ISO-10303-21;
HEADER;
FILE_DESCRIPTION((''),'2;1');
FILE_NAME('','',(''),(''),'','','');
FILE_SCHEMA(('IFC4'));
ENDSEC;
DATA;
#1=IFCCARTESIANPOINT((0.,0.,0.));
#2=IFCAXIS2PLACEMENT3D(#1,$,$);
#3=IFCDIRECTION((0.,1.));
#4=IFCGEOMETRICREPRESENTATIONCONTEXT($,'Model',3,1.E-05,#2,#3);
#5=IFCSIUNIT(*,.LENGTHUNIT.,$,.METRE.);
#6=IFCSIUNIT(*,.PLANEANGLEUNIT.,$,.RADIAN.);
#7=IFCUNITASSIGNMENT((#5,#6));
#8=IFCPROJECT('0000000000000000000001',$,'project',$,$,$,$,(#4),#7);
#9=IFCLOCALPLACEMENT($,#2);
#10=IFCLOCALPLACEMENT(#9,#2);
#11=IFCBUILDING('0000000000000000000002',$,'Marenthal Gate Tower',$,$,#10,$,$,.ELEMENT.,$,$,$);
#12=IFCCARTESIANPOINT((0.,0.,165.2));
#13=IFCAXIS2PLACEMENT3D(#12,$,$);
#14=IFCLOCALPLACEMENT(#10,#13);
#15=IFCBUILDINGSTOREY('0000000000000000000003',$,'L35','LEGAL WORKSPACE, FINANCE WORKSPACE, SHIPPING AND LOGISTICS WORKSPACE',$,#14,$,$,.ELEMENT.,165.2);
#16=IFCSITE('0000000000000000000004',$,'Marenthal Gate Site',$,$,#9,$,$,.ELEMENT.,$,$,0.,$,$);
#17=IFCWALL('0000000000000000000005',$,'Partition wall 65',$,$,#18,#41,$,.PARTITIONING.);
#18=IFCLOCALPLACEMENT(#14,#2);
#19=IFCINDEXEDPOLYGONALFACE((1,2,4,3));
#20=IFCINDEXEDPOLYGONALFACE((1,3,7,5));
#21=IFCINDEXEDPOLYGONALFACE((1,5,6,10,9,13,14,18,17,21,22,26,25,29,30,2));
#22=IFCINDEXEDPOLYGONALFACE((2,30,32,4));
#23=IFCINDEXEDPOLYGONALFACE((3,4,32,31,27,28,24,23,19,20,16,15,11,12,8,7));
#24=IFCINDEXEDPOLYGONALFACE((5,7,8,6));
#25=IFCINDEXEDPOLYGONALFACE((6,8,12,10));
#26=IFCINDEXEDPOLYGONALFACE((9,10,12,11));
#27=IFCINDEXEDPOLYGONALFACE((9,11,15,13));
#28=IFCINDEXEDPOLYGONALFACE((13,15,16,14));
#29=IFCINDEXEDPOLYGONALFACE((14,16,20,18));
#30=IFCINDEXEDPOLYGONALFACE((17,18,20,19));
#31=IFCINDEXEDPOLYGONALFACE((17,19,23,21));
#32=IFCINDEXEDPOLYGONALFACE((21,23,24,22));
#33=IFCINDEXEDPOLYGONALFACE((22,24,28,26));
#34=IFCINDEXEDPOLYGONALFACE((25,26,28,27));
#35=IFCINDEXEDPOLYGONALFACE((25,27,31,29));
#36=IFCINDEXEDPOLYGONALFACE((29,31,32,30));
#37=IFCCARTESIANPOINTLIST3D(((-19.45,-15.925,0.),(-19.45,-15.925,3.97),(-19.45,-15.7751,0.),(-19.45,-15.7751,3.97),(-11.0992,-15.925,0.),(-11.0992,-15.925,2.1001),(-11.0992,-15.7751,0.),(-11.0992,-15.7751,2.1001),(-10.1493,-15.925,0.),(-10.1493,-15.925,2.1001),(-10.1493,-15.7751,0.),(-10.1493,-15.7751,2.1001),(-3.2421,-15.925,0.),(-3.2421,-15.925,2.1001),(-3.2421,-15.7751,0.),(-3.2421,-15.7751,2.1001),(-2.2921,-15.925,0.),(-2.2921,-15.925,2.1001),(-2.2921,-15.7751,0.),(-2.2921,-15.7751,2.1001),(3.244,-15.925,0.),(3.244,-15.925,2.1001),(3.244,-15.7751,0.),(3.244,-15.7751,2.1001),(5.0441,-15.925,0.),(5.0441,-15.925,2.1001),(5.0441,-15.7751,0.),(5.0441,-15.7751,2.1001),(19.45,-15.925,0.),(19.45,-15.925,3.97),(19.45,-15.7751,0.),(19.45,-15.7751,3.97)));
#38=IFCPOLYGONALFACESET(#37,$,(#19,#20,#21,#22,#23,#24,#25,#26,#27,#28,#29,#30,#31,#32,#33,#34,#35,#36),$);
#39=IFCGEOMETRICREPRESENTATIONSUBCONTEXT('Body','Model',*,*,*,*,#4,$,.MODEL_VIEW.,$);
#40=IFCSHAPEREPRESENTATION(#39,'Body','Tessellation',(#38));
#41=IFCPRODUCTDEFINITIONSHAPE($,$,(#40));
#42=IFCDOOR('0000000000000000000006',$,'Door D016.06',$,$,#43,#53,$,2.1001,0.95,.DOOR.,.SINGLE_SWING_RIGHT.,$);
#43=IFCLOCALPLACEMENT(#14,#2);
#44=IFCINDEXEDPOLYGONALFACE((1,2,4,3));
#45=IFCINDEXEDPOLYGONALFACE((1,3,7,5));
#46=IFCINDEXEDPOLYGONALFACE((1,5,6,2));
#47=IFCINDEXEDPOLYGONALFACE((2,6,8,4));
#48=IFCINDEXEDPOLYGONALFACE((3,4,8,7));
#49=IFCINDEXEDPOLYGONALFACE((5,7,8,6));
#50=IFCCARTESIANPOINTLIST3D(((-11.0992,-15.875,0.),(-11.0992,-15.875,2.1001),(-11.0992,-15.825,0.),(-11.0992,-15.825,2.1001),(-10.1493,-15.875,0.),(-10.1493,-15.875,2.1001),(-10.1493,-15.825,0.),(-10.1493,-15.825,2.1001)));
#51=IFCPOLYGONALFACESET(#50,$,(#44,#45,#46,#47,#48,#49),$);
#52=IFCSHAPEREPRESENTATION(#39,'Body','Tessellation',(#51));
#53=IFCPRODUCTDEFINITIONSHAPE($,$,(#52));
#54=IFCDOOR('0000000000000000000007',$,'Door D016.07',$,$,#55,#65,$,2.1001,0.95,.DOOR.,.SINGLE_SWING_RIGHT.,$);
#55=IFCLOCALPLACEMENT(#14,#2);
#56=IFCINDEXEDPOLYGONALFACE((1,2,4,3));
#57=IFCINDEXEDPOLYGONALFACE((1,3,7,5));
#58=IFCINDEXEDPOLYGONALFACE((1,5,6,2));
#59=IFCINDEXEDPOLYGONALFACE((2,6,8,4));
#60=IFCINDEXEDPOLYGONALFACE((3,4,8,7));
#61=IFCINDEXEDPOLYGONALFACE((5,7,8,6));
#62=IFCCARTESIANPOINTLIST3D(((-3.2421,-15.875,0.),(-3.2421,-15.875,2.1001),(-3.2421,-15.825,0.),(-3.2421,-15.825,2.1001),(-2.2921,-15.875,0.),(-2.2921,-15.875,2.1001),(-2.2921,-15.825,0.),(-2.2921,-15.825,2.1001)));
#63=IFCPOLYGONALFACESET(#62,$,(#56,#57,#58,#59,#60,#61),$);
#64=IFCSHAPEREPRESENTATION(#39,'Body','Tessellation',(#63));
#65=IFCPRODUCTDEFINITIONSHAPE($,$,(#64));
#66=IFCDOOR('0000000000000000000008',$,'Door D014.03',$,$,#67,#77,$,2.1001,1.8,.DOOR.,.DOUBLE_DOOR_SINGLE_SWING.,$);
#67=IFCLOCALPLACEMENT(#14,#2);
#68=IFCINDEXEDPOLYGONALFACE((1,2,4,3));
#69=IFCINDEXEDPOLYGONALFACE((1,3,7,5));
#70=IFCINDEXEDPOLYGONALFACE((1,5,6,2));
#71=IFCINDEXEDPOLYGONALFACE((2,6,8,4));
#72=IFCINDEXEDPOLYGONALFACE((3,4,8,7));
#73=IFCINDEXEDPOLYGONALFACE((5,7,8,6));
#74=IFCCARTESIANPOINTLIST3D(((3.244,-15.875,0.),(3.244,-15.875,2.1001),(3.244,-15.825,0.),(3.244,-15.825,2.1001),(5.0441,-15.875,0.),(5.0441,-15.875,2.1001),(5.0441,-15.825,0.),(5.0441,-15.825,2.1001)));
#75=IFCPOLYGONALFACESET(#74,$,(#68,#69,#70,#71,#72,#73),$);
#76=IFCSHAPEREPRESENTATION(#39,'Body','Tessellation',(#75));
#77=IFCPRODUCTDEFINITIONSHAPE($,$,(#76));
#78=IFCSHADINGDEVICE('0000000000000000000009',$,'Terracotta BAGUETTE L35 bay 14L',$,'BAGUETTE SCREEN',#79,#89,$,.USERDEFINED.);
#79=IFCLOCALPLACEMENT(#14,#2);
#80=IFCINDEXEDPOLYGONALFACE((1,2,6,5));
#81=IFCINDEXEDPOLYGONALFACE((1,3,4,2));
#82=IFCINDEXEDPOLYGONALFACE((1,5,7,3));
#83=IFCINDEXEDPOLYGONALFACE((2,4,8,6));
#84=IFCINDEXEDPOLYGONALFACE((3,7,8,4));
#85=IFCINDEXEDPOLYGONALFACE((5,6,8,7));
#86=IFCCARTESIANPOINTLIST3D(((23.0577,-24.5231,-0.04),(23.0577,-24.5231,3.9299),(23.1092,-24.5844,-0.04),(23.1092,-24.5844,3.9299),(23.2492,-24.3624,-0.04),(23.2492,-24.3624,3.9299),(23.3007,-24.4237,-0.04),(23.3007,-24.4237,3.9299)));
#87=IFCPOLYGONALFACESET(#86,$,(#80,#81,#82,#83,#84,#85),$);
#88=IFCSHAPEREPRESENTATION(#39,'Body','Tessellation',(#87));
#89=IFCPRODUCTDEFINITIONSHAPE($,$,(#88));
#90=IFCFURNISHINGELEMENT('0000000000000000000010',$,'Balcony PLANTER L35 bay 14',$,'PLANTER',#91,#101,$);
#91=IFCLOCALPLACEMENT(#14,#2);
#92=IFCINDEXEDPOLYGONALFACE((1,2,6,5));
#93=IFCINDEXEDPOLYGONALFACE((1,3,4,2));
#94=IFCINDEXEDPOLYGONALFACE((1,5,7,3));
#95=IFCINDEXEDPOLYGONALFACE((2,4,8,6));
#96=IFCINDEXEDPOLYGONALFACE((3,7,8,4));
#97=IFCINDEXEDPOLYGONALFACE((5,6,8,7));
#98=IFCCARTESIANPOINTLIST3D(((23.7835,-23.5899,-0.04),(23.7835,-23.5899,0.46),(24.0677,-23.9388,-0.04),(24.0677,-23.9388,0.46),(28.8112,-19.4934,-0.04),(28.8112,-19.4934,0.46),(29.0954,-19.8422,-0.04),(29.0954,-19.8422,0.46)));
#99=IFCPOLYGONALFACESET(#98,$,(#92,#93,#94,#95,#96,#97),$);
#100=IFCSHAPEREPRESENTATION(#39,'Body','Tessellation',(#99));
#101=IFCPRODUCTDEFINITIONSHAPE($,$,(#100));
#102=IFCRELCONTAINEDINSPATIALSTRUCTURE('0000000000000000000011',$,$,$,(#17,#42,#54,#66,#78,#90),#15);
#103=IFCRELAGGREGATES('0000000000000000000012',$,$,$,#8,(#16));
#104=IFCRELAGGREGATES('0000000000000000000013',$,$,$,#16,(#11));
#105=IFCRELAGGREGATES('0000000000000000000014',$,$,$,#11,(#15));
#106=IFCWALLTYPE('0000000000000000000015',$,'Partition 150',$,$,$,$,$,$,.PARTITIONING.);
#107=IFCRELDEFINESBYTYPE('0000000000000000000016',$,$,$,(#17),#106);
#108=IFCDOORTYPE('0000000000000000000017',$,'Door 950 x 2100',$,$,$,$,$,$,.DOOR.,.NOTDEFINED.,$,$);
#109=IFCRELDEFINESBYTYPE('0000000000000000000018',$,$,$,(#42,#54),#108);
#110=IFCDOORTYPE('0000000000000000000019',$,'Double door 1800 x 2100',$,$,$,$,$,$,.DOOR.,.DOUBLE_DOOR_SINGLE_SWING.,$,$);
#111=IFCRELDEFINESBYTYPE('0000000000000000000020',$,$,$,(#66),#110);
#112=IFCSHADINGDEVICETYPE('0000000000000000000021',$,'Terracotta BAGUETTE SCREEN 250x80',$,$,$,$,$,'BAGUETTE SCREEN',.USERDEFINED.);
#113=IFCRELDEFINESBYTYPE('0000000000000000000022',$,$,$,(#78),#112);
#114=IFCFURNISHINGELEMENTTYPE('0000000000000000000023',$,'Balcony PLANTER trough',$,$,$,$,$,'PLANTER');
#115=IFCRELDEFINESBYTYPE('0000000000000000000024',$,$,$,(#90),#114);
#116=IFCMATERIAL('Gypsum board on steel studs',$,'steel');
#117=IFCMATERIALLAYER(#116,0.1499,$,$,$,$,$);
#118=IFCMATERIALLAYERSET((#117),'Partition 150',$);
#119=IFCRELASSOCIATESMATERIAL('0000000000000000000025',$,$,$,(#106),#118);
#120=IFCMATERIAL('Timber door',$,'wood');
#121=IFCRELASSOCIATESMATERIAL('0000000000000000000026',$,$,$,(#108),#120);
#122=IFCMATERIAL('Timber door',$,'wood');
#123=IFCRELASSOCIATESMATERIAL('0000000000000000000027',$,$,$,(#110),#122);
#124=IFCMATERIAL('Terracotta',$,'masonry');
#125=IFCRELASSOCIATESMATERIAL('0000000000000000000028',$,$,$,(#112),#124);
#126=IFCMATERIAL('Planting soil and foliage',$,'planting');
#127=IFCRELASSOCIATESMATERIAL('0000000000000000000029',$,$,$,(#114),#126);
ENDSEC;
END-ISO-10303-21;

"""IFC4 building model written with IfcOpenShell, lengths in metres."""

from ifc_helpers import new_model, si_unit, direction, frame, frame_2d, origin, origin_2d, place, context, subcontext, project, spatial, rectangle, extrude, material, layer, layer_set, material_profile, profile_set, type_object, element, fill, save


model = new_model("IFC4")

# Units and contexts
model_context = context("Model", 3, precision=1e-05, world=origin(), true_north=direction((0.0, 1.0)))
body_context = subcontext(model_context, "Body", "Model", "MODEL_VIEW")
ifc_project = project(units=[si_unit("LENGTHUNIT", "METRE"), si_unit("PLANEANGLEUNIT", "RADIAN")], contexts=[model_context])

# Site, building, storey
site_placement = place(None, origin())
site = spatial("IfcSite", under=ifc_project, at=site_placement, Name="Marenthal Gate Site", CompositionType="ELEMENT", RefElevation=0.0)
building_placement = place(site_placement, origin())
building = spatial("IfcBuilding", under=site, at=building_placement, Name="Marenthal Gate Tower", CompositionType="ELEMENT")
storey_placement = place(building_placement, frame((0.0, 0.0, 165.2)))
storey = spatial("IfcBuildingStorey", under=building, at=storey_placement, Name="L35", Description="LEGAL WORKSPACE, FINANCE WORKSPACE, SHIPPING AND LOGISTICS WORKSPACE", CompositionType="ELEMENT", Elevation=165.2)

# Wall, openings, doors
ifc_material_1 = material(Name="Gypsum board on steel studs", Category="steel")
ifc_layer_1 = layer(ifc_material_1, 0.1499)
ifc_layer_set_1 = layer_set([ifc_layer_1], Name="Partition 150")
wall_type_1 = type_object("IfcWallType", Name="Partition 150", PredefinedType="PARTITIONING", material=ifc_layer_set_1)
wall_1_placement = place(storey_placement, frame((19.45, -15.8501, 0.0), z_axis=(0.0, 0.0, 1.0), x_axis=(-1.0, 0.0, 0.0)))
wall_1 = element("IfcWall", 1, at=wall_1_placement, inside=storey, type_object=wall_type_1, Name="Partition wall 65", PredefinedType="PARTITIONING", context=body_context, shape_type="SweptSolid", body=[
    extrude(rectangle(XDim=38.8999, YDim=0.1499, at=frame_2d((19.45, 0.0))), origin(), (0.0, 0.0, 1.0), 3.97),
])
opening_1_placement = place(wall_1_placement, frame((29.5991, 0.0, 0.0)))
opening_1 = element("IfcOpeningElement", 2, at=opening_1_placement, cuts=wall_1, PredefinedType="OPENING", context=body_context, shape_type="SweptSolid", body=[
    extrude(rectangle(XDim=0.95, YDim=2.1001, at=frame_2d((0.4751, 1.05))), frame((0.0, 0.085, 0.0), z_axis=(0.0, -1.0, 0.0), x_axis=(1.0, 0.0, 0.0)), (0.0, 0.0, 1.0), 0.1699),
])
opening_2_placement = place(wall_1_placement, frame((21.7419, 0.0, 0.0)))
opening_2 = element("IfcOpeningElement", 3, at=opening_2_placement, cuts=wall_1, PredefinedType="OPENING", context=body_context, shape_type="SweptSolid", body=[
    extrude(rectangle(XDim=0.95, YDim=2.1001, at=frame_2d((0.4751, 1.05))), frame((0.0, 0.085, 0.0), z_axis=(0.0, -1.0, 0.0), x_axis=(1.0, 0.0, 0.0)), (0.0, 0.0, 1.0), 0.1699),
])
opening_3_placement = place(wall_1_placement, frame((14.406, 0.0, 0.0)))
opening_3 = element("IfcOpeningElement", 4, at=opening_3_placement, cuts=wall_1, PredefinedType="OPENING", context=body_context, shape_type="SweptSolid", body=[
    extrude(rectangle(XDim=1.8, YDim=2.1001, at=frame_2d((0.8999, 1.05))), frame((0.0, 0.085, 0.0), z_axis=(0.0, -1.0, 0.0), x_axis=(1.0, 0.0, 0.0)), (0.0, 0.0, 1.0), 0.1699),
])
ifc_material_2 = material(Name="Timber door", Category="wood")
door_type_1 = type_object("IfcDoorType", Name="Door 950 x 2100", OperationType="NOTDEFINED", PredefinedType="DOOR", material=ifc_material_2)
door_1_placement = place(opening_1_placement, origin())
door_1 = element("IfcDoor", 5, at=door_1_placement, inside=storey, type_object=door_type_1, Name="Door D016.06", OperationType="SINGLE_SWING_RIGHT", OverallHeight=2.1001, OverallWidth=0.95, PredefinedType="DOOR", context=body_context, shape_type="SweptSolid", body=[
    extrude(rectangle(XDim=0.95, YDim=2.1001, at=frame_2d((0.4751, 1.05))), frame((0.0, 0.0249, 0.0), z_axis=(0.0, -1.0, 0.0), x_axis=(1.0, 0.0, 0.0)), (0.0, 0.0, 1.0), 0.05),
])
fill(opening_1, door_1)
door_2_placement = place(opening_2_placement, origin())
door_2 = element("IfcDoor", 6, at=door_2_placement, inside=storey, type_object=door_type_1, Name="Door D016.07", OperationType="SINGLE_SWING_RIGHT", OverallHeight=2.1001, OverallWidth=0.95, PredefinedType="DOOR", context=body_context, shape_type="SweptSolid", body=[
    extrude(rectangle(XDim=0.95, YDim=2.1001, at=frame_2d((0.4751, 1.05))), frame((0.0, 0.0249, 0.0), z_axis=(0.0, -1.0, 0.0), x_axis=(1.0, 0.0, 0.0)), (0.0, 0.0, 1.0), 0.05),
])
fill(opening_2, door_2)
ifc_material_3 = material(Name="Timber door", Category="wood")
door_type_2 = type_object("IfcDoorType", Name="Double door 1800 x 2100", OperationType="DOUBLE_DOOR_SINGLE_SWING", PredefinedType="DOOR", material=ifc_material_3)
door_3_placement = place(opening_3_placement, origin())
door_3 = element("IfcDoor", 7, at=door_3_placement, inside=storey, type_object=door_type_2, Name="Door D014.03", OperationType="DOUBLE_DOOR_SINGLE_SWING", OverallHeight=2.1001, OverallWidth=1.8, PredefinedType="DOOR", context=body_context, shape_type="SweptSolid", body=[
    extrude(rectangle(XDim=1.8, YDim=2.1001, at=frame_2d((0.8999, 1.05))), frame((0.0, 0.0249, 0.0), z_axis=(0.0, -1.0, 0.0), x_axis=(1.0, 0.0, 0.0)), (0.0, 0.0, 1.0), 0.05),
])
fill(opening_3, door_3)

# Shading device
ifc_material_4 = material(Name="Terracotta", Category="masonry")
ifc_material_profile_1 = material_profile(ifc_material_4, rectangle(XDim=0.25, YDim=0.0801, at=origin_2d()), Name="Terracotta baguette 250x80")
ifc_profile_set_1 = profile_set([ifc_material_profile_1], Name="Terracotta")
shading_device_type = type_object("IfcShadingDeviceType", Name="Terracotta BAGUETTE SCREEN 250x80", ElementType="BAGUETTE SCREEN", PredefinedType="USERDEFINED", material=ifc_profile_set_1)
shading_device_placement = place(storey_placement, frame((23.1792, -24.4734, -0.04), z_axis=(0.0, 0.0, 1.0), x_axis=(0.765921, 0.642935, 0.0)))
element("IfcShadingDevice", 8, at=shading_device_placement, inside=storey, type_object=shading_device_type, Name="Terracotta BAGUETTE L35 bay 14L", ObjectType="BAGUETTE SCREEN", PredefinedType="USERDEFINED", context=body_context, shape_type="SweptSolid", body=[
    extrude(rectangle(XDim=0.25, YDim=0.0801, at=origin_2d()), origin(), (0.0, 0.0, 1.0), 3.97),
])

# Furnishing element
ifc_material_5 = material(Name="Planting soil and foliage", Category="planting")
furnishing_element_type = type_object("IfcFurnishingElementType", Name="Balcony PLANTER trough", ElementType="PLANTER", material=ifc_material_5)
furnishing_placement = place(storey_placement, frame((26.4395, -21.7161, -0.04), z_axis=(0.0, 0.0, 1.0), x_axis=(0.77524, 0.631667, 0.0)))
element("IfcFurnishingElement", 9, at=furnishing_placement, inside=storey, type_object=furnishing_element_type, Name="Balcony PLANTER L35 bay 14", ObjectType="PLANTER", context=body_context, shape_type="SweptSolid", body=[
    extrude(rectangle(XDim=6.4854, YDim=0.45, at=origin_2d()), origin(), (0.0, 0.0, 1.0), 0.5),
])

save(model, "model.ifc")
